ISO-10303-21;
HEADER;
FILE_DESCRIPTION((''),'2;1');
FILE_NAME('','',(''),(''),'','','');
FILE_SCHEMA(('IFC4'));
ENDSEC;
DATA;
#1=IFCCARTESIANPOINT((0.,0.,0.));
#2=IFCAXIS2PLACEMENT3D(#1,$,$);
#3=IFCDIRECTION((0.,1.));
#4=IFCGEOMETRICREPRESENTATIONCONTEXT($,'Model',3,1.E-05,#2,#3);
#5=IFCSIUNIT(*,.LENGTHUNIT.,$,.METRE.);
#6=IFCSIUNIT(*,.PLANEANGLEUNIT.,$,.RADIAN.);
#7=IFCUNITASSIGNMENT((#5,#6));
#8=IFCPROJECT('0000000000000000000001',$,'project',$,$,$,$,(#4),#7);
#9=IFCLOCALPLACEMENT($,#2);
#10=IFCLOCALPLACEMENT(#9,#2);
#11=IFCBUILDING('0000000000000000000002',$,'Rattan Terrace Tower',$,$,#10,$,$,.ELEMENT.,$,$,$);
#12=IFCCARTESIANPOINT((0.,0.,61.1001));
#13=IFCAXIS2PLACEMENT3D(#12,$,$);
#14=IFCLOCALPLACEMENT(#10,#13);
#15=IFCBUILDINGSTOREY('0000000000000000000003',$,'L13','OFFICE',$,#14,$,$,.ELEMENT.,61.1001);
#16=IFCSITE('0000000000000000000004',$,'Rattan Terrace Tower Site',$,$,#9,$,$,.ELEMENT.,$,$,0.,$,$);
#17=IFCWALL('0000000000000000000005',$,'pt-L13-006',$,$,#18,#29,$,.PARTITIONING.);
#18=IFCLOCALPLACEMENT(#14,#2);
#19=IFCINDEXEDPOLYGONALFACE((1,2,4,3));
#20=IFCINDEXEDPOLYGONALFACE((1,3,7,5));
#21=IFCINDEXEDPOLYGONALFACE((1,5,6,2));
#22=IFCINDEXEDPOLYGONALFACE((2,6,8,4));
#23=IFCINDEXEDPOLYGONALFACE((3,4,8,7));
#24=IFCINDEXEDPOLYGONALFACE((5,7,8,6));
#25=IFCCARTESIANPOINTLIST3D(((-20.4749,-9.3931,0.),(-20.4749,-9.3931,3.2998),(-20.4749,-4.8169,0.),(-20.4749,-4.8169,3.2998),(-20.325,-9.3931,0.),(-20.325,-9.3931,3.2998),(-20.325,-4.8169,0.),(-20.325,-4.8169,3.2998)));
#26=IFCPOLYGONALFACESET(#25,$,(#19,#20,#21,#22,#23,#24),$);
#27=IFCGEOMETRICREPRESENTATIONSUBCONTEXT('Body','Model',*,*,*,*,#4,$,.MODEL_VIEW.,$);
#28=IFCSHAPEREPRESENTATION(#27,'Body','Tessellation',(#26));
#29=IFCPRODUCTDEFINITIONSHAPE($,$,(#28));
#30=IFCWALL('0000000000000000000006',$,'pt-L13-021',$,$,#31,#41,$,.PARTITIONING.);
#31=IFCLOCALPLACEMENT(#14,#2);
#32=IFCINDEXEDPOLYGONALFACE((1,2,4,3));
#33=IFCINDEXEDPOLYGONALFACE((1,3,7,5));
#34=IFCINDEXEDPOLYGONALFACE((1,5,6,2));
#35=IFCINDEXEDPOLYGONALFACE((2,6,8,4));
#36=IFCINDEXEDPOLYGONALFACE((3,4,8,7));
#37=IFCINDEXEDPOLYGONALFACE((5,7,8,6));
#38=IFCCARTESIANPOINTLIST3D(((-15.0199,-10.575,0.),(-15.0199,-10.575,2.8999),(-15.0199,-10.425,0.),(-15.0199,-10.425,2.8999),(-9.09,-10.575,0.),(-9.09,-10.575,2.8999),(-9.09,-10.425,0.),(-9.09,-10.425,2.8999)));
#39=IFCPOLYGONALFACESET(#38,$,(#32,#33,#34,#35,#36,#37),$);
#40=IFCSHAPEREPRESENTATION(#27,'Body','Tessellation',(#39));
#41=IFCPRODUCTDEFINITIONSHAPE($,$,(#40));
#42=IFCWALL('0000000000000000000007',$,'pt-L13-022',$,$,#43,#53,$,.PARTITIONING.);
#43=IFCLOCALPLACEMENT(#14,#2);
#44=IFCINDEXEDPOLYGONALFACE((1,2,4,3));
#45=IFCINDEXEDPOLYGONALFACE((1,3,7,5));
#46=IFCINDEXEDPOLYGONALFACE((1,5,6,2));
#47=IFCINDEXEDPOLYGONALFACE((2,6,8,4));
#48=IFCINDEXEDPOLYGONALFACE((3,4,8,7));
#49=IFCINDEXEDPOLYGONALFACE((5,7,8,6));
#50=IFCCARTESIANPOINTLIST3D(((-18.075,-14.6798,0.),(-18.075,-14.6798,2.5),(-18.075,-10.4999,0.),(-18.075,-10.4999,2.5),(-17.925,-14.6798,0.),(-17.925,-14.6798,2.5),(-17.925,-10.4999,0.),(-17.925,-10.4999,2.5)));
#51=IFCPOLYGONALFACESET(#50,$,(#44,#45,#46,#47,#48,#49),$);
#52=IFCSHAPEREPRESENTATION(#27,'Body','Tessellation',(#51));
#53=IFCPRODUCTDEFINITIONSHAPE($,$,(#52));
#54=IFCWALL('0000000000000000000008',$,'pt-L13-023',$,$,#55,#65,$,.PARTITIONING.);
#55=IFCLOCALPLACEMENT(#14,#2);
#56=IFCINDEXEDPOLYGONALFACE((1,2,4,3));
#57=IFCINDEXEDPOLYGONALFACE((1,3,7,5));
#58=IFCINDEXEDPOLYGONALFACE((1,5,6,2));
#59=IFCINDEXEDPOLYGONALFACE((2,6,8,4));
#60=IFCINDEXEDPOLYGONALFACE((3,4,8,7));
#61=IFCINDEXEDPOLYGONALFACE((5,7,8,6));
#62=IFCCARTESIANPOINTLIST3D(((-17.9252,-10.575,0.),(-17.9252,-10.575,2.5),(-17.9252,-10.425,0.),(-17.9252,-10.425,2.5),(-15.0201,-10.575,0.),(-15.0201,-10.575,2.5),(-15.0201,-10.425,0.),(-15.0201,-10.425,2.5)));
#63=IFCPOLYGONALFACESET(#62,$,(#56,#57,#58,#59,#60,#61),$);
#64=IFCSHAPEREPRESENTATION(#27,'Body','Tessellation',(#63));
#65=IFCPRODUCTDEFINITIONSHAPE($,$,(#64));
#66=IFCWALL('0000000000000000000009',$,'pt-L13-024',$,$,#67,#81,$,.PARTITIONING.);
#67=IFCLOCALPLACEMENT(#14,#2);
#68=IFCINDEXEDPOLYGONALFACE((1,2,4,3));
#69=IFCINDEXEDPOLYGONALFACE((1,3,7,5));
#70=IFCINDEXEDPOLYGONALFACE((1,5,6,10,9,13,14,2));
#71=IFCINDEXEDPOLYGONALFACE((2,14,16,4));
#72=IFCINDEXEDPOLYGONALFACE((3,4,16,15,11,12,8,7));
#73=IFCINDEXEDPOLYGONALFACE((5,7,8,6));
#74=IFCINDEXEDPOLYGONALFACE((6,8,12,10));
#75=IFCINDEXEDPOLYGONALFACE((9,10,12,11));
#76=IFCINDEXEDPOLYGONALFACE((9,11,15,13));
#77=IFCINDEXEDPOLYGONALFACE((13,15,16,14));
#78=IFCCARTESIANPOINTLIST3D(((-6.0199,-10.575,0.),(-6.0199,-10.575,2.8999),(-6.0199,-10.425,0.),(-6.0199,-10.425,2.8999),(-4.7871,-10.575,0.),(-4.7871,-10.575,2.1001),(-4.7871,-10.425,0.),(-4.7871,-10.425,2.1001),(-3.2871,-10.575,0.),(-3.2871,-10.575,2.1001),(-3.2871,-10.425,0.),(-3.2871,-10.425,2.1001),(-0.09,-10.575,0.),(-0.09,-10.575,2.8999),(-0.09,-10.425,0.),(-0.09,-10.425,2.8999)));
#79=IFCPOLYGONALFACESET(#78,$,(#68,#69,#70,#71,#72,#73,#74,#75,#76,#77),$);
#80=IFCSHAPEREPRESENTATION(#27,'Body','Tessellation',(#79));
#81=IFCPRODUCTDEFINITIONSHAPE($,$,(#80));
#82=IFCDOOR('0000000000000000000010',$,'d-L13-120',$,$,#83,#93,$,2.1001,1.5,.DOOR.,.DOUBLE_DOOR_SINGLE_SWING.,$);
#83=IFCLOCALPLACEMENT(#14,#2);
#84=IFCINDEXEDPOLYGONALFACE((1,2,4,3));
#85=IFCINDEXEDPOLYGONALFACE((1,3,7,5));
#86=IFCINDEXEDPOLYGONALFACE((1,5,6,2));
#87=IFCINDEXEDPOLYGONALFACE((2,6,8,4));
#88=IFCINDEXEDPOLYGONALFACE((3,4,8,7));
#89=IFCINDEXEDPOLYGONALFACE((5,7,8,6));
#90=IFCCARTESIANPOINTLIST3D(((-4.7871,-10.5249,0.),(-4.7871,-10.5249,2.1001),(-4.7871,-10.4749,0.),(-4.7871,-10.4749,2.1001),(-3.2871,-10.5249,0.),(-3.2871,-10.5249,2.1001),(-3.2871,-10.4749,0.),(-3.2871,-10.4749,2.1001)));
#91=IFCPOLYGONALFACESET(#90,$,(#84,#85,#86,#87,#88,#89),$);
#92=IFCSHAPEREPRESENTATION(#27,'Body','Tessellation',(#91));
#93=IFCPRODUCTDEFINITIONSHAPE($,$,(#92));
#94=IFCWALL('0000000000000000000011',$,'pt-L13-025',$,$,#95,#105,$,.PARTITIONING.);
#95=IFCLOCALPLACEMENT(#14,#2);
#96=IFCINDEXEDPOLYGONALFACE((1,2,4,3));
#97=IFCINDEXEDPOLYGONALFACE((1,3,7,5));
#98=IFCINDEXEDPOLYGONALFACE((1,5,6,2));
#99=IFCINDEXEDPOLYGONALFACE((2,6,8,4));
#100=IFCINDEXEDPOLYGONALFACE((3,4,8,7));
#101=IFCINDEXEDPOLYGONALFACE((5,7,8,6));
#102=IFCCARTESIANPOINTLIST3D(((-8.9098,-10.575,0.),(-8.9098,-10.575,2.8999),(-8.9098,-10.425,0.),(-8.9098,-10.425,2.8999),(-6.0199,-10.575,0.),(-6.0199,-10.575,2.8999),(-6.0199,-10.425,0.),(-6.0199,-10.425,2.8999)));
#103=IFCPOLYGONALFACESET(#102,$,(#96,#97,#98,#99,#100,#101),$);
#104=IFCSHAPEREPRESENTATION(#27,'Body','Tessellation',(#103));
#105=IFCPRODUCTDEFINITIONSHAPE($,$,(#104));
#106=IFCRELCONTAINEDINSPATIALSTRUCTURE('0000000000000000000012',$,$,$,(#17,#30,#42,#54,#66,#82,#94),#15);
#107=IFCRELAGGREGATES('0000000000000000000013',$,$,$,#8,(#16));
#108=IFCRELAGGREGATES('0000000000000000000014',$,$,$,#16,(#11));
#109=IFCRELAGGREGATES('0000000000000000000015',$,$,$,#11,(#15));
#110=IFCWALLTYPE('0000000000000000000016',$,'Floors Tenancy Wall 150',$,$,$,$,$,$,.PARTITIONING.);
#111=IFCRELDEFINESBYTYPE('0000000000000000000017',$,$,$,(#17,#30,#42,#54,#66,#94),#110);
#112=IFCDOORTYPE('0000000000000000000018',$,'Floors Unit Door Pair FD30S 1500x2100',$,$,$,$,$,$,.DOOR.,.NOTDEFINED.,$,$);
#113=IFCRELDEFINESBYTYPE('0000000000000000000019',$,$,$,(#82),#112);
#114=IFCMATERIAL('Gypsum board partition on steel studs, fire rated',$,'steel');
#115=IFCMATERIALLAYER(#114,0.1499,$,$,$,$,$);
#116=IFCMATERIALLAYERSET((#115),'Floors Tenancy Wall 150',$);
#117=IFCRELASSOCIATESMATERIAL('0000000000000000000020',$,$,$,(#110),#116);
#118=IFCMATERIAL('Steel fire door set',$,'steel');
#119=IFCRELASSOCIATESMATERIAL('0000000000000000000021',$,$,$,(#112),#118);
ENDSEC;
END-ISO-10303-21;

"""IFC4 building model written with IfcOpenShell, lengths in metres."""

from ifc_helpers import new_model, si_unit, direction, frame, frame_2d, origin, place, context, subcontext, project, spatial, rectangle, extrude, material, layer, layer_set, type_object, element, fill, save


model = new_model("IFC4")

# Units and contexts
model_context = context("Model", 3, precision=1e-05, world=origin(), true_north=direction((0.0, 1.0)))
body_context = subcontext(model_context, "Body", "Model", "MODEL_VIEW")
ifc_project = project(units=[si_unit("LENGTHUNIT", "METRE"), si_unit("PLANEANGLEUNIT", "RADIAN")], contexts=[model_context])

# Site, building, storey
site_placement = place(None, origin())
site = spatial("IfcSite", under=ifc_project, at=site_placement, Name="Rattan Terrace Tower Site", CompositionType="ELEMENT", RefElevation=0.0)
building_placement = place(site_placement, origin())
building = spatial("IfcBuilding", under=site, at=building_placement, Name="Rattan Terrace Tower", CompositionType="ELEMENT")
storey_placement = place(building_placement, frame((0.0, 0.0, 61.1001)))
storey = spatial("IfcBuildingStorey", under=building, at=storey_placement, Name="L13", Description="OFFICE", CompositionType="ELEMENT", Elevation=61.1001)

# Shared definitions
ifc_material_1 = material(Name="Gypsum board partition on steel studs, fire rated", Category="steel")
ifc_layer_1 = layer(ifc_material_1, 0.1499)
ifc_layer_set_1 = layer_set([ifc_layer_1], Name="Floors Tenancy Wall 150")
wall_type_1 = type_object("IfcWallType", Name="Floors Tenancy Wall 150", PredefinedType="PARTITIONING", material=ifc_layer_set_1)
ifc_material_2 = material(Name="Steel fire door set", Category="steel")
door_type_1 = type_object("IfcDoorType", Name="Floors Unit Door Pair FD30S 1500x2100", OperationType="NOTDEFINED", PredefinedType="DOOR", material=ifc_material_2)

# Walls
wall_1_placement = place(storey_placement, frame((-20.3999, -9.3931, 0.0), z_axis=(0.0, 0.0, 1.0), x_axis=(0.0, 1.0, 0.0)))
element("IfcWall", 1, at=wall_1_placement, inside=storey, type_object=wall_type_1, Name="pt-L13-006", PredefinedType="PARTITIONING", context=body_context, shape_type="SweptSolid", body=[
    extrude(rectangle(XDim=4.5762, YDim=0.1499, at=frame_2d((2.2881, 0.0))), origin(), (0.0, 0.0, 1.0), 3.2998),
])
wall_2_placement = place(storey_placement, frame((-9.0901, -10.5, 0.0), z_axis=(0.0, 0.0, 1.0), x_axis=(-1.0, 0.0, 0.0)))
element("IfcWall", 2, at=wall_2_placement, inside=storey, type_object=wall_type_1, Name="pt-L13-021", PredefinedType="PARTITIONING", context=body_context, shape_type="SweptSolid", body=[
    extrude(rectangle(XDim=5.9299, YDim=0.1499, at=frame_2d((2.9648, 0.0))), origin(), (0.0, 0.0, 1.0), 2.8999),
])
wall_3_placement = place(storey_placement, frame((-18.0, -10.5, 0.0), z_axis=(0.0, 0.0, 1.0), x_axis=(0.0, -1.0, 0.0)))
element("IfcWall", 3, at=wall_3_placement, inside=storey, type_object=wall_type_1, Name="pt-L13-022", PredefinedType="PARTITIONING", context=body_context, shape_type="SweptSolid", body=[
    extrude(rectangle(XDim=4.1799, YDim=0.1499, at=frame_2d((2.0898, 0.0))), origin(), (0.0, 0.0, 1.0), 2.5),
])
wall_4_placement = place(storey_placement, frame((-15.02, -10.5, 0.0), z_axis=(0.0, 0.0, 1.0), x_axis=(-1.0, 0.0, 0.0)))
element("IfcWall", 4, at=wall_4_placement, inside=storey, type_object=wall_type_1, Name="pt-L13-023", PredefinedType="PARTITIONING", context=body_context, shape_type="SweptSolid", body=[
    extrude(rectangle(XDim=2.905, YDim=0.1499, at=frame_2d((1.4526, 0.0))), origin(), (0.0, 0.0, 1.0), 2.5),
])

# Wall, opening, door
wall_5_placement = place(storey_placement, frame((-0.0901, -10.5, 0.0), z_axis=(0.0, 0.0, 1.0), x_axis=(-1.0, 0.0, 0.0)))
wall_5 = element("IfcWall", 5, at=wall_5_placement, inside=storey, type_object=wall_type_1, Name="pt-L13-024", PredefinedType="PARTITIONING", context=body_context, shape_type="SweptSolid", body=[
    extrude(rectangle(XDim=5.9299, YDim=0.1499, at=frame_2d((2.9648, 0.0))), origin(), (0.0, 0.0, 1.0), 2.8999),
])
opening_1_placement = place(wall_5_placement, frame((3.197, 0.0, 0.0)))
opening_1 = element("IfcOpeningElement", 6, at=opening_1_placement, cuts=wall_5, PredefinedType="OPENING", context=body_context, shape_type="SweptSolid", body=[
    extrude(rectangle(XDim=1.5, YDim=2.1001, at=frame_2d((0.75, 1.05))), frame((0.0, 0.0854, 0.0), z_axis=(0.0, -1.0, 0.0), x_axis=(1.0, 0.0, 0.0)), (0.0, 0.0, 1.0), 0.1709),
])
door_1_placement = place(opening_1_placement, origin())
door_1 = element("IfcDoor", 7, at=door_1_placement, inside=storey, type_object=door_type_1, Name="d-L13-120", OperationType="DOUBLE_DOOR_SINGLE_SWING", OverallHeight=2.1001, OverallWidth=1.5, PredefinedType="DOOR", context=body_context, shape_type="SweptSolid", body=[
    extrude(rectangle(XDim=1.5, YDim=2.1001, at=frame_2d((0.75, 1.05))), frame((0.0, 0.0249, 0.0), z_axis=(0.0, -1.0, 0.0), x_axis=(1.0, 0.0, 0.0)), (0.0, 0.0, 1.0), 0.05),
])
fill(opening_1, door_1)

# Wall
wall_6_placement = place(storey_placement, frame((-6.02, -10.5, 0.0), z_axis=(0.0, 0.0, 1.0), x_axis=(-1.0, 0.0, 0.0)))
element("IfcWall", 8, at=wall_6_placement, inside=storey, type_object=wall_type_1, Name="pt-L13-025", PredefinedType="PARTITIONING", context=body_context, shape_type="SweptSolid", body=[
    extrude(rectangle(XDim=2.8899, YDim=0.1499, at=frame_2d((1.4448, 0.0))), origin(), (0.0, 0.0, 1.0), 2.8999),
])

save(model, "model.ifc")
